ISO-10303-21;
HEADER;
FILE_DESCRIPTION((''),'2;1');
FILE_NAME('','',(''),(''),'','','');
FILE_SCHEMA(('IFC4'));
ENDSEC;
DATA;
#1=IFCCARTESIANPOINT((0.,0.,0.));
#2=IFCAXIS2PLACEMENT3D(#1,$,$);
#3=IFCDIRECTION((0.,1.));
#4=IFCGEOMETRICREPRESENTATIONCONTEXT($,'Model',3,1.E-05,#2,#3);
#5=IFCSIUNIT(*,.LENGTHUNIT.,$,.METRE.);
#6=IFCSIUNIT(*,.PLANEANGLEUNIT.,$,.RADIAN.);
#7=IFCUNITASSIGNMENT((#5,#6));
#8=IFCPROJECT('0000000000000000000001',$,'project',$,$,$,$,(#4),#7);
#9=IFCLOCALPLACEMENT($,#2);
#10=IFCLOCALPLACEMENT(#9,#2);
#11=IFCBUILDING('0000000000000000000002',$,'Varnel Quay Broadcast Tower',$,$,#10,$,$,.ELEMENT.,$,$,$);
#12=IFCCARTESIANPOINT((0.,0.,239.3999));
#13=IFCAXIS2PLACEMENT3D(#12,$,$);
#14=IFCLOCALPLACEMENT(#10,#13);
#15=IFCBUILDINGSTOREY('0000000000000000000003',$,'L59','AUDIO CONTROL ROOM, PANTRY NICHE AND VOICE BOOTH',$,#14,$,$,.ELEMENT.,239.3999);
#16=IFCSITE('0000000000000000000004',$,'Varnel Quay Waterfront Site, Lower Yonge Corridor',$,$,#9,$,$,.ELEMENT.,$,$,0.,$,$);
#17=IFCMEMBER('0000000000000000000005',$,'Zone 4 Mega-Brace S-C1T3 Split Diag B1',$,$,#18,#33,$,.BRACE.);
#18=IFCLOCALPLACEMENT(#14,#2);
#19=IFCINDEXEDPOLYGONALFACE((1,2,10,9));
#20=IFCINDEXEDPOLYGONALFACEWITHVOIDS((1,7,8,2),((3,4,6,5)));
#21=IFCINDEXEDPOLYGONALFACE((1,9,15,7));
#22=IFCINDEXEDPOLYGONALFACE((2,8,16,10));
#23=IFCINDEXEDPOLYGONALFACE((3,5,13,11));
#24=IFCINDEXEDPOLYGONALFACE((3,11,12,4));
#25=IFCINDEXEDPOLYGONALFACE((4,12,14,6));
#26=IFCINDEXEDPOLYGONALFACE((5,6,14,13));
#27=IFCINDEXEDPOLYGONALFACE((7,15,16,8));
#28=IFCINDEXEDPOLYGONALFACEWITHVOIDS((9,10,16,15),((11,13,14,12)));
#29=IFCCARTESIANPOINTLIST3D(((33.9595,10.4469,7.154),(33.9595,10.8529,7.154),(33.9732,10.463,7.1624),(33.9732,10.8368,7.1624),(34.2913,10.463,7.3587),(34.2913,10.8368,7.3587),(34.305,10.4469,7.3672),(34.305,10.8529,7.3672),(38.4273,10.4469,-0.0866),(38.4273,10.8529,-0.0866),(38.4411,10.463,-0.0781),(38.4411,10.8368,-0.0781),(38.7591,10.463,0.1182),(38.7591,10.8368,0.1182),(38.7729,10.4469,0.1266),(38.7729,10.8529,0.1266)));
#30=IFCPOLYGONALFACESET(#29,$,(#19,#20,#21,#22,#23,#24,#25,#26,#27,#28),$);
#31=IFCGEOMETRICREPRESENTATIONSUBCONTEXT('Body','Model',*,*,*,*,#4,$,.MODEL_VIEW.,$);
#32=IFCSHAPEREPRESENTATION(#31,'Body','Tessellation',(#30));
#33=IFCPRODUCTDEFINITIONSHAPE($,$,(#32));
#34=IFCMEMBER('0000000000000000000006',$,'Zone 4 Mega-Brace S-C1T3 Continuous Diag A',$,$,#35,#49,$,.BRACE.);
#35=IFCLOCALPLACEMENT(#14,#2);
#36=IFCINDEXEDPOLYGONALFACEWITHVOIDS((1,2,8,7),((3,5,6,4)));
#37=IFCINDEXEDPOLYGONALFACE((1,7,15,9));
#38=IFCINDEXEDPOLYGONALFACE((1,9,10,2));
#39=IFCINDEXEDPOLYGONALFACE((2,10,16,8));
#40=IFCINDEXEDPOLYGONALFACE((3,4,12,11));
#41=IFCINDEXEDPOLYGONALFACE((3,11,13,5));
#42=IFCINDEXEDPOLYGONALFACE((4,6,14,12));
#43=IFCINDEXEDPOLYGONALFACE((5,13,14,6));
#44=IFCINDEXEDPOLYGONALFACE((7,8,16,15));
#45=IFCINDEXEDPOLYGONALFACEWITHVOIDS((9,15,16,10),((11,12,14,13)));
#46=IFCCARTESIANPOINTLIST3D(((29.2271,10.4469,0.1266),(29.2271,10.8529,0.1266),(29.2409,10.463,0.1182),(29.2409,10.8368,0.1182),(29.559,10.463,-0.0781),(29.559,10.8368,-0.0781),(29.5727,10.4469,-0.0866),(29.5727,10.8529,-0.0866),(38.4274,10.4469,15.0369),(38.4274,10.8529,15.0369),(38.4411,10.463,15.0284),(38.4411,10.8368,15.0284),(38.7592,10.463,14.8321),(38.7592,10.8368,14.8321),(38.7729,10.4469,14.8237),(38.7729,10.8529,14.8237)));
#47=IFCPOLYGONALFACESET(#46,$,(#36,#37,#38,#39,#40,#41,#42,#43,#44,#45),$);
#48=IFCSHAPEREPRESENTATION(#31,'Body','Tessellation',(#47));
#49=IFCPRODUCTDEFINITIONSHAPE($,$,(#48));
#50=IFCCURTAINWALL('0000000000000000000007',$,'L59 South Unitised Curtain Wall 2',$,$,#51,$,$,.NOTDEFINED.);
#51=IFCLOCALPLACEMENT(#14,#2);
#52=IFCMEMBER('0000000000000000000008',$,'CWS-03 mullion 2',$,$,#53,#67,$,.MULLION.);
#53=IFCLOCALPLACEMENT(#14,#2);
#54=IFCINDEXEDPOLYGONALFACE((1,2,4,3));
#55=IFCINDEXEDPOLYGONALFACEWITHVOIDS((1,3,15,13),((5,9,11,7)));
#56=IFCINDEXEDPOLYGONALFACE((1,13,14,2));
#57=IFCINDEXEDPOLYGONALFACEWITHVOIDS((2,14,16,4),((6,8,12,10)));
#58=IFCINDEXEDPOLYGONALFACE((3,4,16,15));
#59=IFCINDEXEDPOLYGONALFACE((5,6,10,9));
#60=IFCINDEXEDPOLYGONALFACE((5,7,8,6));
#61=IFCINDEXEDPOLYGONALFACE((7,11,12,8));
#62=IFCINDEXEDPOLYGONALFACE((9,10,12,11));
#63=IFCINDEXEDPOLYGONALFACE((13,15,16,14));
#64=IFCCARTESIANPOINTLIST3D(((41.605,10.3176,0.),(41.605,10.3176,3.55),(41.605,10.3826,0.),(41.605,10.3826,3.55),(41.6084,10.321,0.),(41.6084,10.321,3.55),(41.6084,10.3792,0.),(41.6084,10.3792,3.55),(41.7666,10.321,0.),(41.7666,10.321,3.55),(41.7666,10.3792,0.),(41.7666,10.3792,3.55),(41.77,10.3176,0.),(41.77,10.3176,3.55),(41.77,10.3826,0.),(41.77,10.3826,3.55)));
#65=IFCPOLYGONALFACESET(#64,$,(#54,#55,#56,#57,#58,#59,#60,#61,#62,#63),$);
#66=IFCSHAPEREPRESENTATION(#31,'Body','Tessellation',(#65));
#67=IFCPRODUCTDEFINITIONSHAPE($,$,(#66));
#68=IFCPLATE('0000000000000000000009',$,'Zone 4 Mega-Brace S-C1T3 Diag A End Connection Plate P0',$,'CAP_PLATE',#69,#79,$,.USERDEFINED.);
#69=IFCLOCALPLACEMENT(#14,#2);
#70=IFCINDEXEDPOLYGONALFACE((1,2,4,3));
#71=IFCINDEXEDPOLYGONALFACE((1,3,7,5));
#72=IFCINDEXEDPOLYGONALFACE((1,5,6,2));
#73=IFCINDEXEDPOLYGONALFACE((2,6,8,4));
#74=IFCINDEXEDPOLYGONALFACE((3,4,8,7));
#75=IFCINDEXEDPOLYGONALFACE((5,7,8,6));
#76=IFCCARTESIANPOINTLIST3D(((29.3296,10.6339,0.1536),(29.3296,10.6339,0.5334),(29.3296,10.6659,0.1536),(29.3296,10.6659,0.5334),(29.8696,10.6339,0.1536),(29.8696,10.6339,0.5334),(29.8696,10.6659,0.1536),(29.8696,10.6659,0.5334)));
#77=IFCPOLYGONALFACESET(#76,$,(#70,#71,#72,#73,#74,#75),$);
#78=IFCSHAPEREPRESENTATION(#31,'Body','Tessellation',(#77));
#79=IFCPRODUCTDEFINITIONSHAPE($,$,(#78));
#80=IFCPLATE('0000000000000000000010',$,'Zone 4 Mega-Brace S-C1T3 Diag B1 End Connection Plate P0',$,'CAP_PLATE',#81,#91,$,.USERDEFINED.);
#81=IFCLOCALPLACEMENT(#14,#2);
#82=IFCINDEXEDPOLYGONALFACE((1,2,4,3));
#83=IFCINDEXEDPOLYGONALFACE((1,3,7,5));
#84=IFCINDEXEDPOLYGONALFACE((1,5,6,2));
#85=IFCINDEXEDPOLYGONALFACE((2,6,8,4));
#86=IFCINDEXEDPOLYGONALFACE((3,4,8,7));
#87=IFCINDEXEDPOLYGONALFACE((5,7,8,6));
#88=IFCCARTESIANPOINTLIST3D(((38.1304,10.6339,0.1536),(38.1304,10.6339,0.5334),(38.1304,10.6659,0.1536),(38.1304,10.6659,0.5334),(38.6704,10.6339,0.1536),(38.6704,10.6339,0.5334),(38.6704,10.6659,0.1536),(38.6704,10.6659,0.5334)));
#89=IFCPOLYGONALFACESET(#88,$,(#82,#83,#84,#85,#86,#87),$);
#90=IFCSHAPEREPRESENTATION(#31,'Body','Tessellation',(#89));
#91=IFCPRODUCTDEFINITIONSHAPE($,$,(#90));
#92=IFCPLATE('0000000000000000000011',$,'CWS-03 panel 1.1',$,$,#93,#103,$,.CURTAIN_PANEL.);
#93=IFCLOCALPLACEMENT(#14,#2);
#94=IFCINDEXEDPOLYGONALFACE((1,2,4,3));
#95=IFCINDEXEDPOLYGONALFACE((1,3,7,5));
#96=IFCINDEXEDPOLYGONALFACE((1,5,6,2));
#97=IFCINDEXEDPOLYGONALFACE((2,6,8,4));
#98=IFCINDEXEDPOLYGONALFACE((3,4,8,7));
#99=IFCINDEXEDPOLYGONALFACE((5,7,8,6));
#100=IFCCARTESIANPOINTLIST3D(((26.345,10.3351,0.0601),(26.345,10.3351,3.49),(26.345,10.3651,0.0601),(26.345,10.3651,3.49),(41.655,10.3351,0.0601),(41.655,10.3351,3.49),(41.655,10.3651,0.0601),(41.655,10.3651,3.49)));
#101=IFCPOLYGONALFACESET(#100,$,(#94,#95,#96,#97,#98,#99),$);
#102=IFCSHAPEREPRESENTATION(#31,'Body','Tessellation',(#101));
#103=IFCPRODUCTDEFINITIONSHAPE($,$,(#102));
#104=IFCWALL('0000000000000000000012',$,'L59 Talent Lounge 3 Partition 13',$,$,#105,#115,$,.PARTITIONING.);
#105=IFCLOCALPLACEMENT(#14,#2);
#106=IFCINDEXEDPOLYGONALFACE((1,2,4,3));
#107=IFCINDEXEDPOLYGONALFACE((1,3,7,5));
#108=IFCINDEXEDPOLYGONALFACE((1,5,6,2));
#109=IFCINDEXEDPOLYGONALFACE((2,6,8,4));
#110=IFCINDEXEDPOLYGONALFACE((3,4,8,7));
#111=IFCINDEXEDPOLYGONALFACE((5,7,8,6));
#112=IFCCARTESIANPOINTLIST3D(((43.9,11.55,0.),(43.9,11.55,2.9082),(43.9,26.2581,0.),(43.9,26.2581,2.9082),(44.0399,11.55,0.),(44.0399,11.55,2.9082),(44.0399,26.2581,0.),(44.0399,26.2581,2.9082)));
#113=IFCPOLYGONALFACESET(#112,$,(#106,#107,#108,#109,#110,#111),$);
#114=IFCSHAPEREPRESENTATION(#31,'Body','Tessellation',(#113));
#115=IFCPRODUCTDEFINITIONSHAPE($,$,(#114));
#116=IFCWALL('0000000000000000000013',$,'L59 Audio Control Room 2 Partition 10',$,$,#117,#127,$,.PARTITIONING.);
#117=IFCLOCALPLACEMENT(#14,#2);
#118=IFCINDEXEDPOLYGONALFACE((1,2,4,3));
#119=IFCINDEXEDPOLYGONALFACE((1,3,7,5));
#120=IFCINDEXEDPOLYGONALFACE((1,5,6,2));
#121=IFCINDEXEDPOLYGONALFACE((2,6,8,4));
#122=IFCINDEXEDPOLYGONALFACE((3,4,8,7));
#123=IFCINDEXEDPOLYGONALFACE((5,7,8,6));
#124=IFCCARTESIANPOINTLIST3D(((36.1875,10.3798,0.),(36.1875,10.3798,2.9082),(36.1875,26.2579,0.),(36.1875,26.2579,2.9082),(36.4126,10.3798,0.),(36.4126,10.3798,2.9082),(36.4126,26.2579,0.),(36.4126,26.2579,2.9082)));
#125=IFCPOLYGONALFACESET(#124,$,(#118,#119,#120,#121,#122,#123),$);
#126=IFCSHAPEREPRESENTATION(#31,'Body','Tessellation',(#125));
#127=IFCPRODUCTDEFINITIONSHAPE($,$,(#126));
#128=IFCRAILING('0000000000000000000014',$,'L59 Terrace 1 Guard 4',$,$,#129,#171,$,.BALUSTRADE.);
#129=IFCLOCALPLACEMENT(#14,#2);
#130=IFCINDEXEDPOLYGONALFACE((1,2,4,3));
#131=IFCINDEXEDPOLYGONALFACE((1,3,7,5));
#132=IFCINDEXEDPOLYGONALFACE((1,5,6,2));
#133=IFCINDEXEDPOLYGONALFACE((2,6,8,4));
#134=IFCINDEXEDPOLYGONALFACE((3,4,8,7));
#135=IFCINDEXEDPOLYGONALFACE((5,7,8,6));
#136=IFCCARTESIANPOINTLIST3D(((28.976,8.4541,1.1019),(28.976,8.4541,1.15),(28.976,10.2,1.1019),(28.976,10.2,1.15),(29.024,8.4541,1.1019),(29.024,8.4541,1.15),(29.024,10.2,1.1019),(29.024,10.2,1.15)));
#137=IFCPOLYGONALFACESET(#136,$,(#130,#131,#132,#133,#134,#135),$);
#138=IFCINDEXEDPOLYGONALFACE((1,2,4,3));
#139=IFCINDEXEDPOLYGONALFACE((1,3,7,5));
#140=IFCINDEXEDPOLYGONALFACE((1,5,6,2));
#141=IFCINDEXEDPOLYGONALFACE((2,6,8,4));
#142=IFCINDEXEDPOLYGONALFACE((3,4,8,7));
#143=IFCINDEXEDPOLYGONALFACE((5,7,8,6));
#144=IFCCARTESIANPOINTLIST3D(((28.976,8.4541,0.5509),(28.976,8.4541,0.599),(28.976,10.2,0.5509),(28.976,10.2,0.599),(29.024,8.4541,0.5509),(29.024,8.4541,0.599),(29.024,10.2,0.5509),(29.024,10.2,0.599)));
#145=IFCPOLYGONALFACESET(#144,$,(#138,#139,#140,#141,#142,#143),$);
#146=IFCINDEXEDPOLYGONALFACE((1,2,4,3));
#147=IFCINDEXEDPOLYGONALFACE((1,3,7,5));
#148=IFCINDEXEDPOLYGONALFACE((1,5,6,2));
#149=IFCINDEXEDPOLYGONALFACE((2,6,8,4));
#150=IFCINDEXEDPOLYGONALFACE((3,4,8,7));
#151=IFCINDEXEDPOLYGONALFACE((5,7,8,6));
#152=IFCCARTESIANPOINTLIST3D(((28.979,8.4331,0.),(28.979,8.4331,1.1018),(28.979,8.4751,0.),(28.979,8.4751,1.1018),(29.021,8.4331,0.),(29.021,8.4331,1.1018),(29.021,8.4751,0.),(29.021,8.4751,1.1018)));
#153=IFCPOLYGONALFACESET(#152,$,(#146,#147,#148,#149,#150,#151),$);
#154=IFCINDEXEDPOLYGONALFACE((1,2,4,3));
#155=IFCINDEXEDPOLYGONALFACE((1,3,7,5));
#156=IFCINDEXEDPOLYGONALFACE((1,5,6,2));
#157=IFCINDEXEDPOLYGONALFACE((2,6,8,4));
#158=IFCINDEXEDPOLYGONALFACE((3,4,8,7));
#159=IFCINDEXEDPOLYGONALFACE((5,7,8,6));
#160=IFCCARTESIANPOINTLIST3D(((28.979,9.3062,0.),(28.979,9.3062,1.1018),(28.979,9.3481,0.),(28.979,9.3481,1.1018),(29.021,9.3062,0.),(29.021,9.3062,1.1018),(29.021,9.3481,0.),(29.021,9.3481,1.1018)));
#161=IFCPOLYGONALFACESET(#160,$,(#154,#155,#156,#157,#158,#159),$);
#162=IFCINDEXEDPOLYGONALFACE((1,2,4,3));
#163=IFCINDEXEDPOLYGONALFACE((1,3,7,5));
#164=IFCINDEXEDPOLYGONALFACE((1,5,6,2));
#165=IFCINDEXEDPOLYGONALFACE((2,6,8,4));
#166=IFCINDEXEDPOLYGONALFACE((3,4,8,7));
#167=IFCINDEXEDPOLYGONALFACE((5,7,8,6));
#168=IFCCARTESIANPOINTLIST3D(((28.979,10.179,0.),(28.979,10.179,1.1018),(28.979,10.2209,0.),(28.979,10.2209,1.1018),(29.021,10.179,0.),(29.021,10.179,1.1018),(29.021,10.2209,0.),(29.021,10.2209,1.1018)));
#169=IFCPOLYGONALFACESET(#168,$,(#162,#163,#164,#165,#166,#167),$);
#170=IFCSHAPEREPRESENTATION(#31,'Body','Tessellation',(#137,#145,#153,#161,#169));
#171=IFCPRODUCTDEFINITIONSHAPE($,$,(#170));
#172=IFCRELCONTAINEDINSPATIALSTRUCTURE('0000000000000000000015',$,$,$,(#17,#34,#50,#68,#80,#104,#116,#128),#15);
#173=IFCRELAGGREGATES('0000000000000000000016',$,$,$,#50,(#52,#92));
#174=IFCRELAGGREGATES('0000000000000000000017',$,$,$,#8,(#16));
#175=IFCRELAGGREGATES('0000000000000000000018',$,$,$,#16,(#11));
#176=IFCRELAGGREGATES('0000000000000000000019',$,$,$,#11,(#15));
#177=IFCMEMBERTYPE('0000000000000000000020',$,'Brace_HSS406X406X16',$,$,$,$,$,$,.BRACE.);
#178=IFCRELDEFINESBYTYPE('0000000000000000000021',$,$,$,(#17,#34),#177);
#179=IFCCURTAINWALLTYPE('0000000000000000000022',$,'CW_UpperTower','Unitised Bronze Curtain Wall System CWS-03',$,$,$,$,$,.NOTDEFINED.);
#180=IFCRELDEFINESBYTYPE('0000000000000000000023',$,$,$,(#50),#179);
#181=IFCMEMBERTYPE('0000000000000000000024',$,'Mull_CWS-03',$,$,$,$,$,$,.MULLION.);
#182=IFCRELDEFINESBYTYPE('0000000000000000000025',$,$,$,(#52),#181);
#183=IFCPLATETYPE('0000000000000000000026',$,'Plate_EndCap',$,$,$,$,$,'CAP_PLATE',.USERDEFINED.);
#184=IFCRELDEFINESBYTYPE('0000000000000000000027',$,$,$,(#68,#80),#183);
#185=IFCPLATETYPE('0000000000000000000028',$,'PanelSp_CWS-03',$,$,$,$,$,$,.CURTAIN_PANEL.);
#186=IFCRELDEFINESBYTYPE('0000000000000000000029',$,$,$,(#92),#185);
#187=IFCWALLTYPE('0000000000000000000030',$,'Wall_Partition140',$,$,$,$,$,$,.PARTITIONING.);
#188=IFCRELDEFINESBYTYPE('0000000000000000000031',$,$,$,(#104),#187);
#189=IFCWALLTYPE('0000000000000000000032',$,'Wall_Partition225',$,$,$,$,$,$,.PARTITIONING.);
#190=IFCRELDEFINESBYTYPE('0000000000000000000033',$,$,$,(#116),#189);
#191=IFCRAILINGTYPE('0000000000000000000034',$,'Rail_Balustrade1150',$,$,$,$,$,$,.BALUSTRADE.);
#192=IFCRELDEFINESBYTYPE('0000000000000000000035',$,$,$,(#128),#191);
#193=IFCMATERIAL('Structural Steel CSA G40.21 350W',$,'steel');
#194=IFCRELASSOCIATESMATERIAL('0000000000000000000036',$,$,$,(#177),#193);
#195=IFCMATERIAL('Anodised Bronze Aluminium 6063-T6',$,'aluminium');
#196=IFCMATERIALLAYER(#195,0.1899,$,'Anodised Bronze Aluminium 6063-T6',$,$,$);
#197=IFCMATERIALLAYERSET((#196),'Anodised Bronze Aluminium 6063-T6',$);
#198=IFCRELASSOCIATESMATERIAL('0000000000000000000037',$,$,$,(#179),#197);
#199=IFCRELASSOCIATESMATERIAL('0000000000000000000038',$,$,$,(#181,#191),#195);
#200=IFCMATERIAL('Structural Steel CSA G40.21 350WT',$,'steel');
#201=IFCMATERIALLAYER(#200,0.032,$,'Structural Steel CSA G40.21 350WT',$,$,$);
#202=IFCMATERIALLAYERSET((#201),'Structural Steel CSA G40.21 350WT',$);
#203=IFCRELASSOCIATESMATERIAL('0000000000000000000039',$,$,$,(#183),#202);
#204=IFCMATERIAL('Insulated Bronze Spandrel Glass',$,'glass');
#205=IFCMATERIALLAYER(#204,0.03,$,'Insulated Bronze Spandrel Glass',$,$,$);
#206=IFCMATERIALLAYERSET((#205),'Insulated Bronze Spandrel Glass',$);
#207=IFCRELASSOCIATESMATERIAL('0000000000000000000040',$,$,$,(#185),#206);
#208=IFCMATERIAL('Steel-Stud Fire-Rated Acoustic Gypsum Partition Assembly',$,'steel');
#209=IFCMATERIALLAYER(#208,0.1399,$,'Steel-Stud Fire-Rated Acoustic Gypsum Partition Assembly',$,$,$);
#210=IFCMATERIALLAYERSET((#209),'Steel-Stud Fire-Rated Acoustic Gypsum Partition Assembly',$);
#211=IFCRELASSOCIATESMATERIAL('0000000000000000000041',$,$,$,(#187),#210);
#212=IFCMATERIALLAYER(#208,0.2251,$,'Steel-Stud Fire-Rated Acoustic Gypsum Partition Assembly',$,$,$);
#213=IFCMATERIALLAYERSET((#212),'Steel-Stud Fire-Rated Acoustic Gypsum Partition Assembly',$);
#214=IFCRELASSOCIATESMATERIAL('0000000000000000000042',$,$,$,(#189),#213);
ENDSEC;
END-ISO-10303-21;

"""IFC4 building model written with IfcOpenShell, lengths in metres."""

from ifc_helpers import new_model, si_unit, direction, frame, frame_2d, origin, origin_2d, place, context, subcontext, project, spatial, rectangle, hollow_rectangle, extrude, source, transform, mapped, material, layer, layer_set, material_profile, profile_set, type_object, type_shapes, element, aggregate, save


model = new_model("IFC4")

# Units and contexts
model_context = context("Model", 3, precision=1e-05, world=origin(), true_north=direction((0.0, 1.0)))
body_context = subcontext(model_context, "Body", "Model", "MODEL_VIEW")
ifc_project = project(units=[si_unit("LENGTHUNIT", "METRE"), si_unit("PLANEANGLEUNIT", "RADIAN")], contexts=[model_context])

# Site, building, storey
site_placement = place(None, origin())
site = spatial("IfcSite", under=ifc_project, at=site_placement, Name="Varnel Quay Waterfront Site, Lower Yonge Corridor", CompositionType="ELEMENT", RefElevation=0.0)
building_placement = place(site_placement, origin())
building = spatial("IfcBuilding", under=site, at=building_placement, Name="Varnel Quay Broadcast Tower", CompositionType="ELEMENT")
storey_placement = place(building_placement, frame((0.0, 0.0, 239.3999)))
storey = spatial("IfcBuildingStorey", under=building, at=storey_placement, Name="L59", Description="AUDIO CONTROL ROOM, PANTRY NICHE AND VOICE BOOTH", CompositionType="ELEMENT", Elevation=239.3999)

# Shared definitions
ifc_material_1 = material(Name="Structural Steel CSA G40.21 350W", Category="steel")

# Members
ifc_material_profile_1 = material_profile(ifc_material_1, hollow_rectangle(XDim=0.406, YDim=0.406, WallThickness=0.0161, at=origin_2d()), Name="HSS406X406X16")
ifc_profile_set_1 = profile_set([ifc_material_profile_1], Name="Structural Steel CSA G40.21 350W")
member_type_1 = type_object("IfcMemberType", Name="Brace_HSS406X406X16", PredefinedType="BRACE", material=ifc_profile_set_1)
shared_shape_1 = source(origin(), body_context, "Body", "SweptSolid", [
    extrude(hollow_rectangle(XDim=0.406, YDim=0.406, WallThickness=0.0161, at=origin_2d()), origin(), (0.0, 0.0, 1.0), 8.5081),
])
member_1_placement = place(storey_placement, frame((38.6001, 10.6499, 0.02), z_axis=(-0.525128, 0.0, 0.851023), x_axis=(0.0, -1.0, 0.0)))
element("IfcMember", 1, at=member_1_placement, inside=storey, type_object=member_type_1, Name="Zone 4 Mega-Brace S-C1T3 Split Diag B1", PredefinedType="BRACE", context=body_context, shape_type="MappedRepresentation", body=[
    mapped(shared_shape_1, transform((0.0, 0.0, 0.0), x_axis=(1.0, 0.0, 0.0), y_axis=(0.0, 1.0, 0.0), z_axis=(0.0, 0.0, 1.0), scale=1.0)),
])
shared_shape_2 = source(origin(), body_context, "Body", "SweptSolid", [
    extrude(hollow_rectangle(XDim=0.406, YDim=0.406, WallThickness=0.0161, at=origin_2d()), origin(), (0.0, 0.0, 1.0), 17.5203),
])
type_shapes(member_type_1, [shared_shape_1, shared_shape_2])
member_2_placement = place(storey_placement, frame((29.3999, 10.6499, 0.02), z_axis=(0.52512, 0.0, 0.851028), x_axis=(0.0, 1.0, 0.0)))
element("IfcMember", 2, at=member_2_placement, inside=storey, type_object=member_type_1, Name="Zone 4 Mega-Brace S-C1T3 Continuous Diag A", PredefinedType="BRACE", context=body_context, shape_type="MappedRepresentation", body=[
    mapped(shared_shape_2, transform((0.0, 0.0, 0.0), x_axis=(1.0, 0.0, 0.0), y_axis=(0.0, 1.0, 0.0), z_axis=(0.0, 0.0, 1.0), scale=1.0)),
])

# Curtain wall, member
ifc_material_2 = material(Name="Anodised Bronze Aluminium 6063-T6", Category="aluminium")
ifc_layer_1 = layer(ifc_material_2, 0.1899, Name="Anodised Bronze Aluminium 6063-T6")
ifc_layer_set_1 = layer_set([ifc_layer_1], Name="Anodised Bronze Aluminium 6063-T6")
curtain_wall_type = type_object("IfcCurtainWallType", Name="CW_UpperTower", Description="Unitised Bronze Curtain Wall System CWS-03", PredefinedType="NOTDEFINED", material=ifc_layer_set_1)
curtain_wall_placement = place(storey_placement, origin())
curtain_wall = element("IfcCurtainWall", 3, at=curtain_wall_placement, inside=storey, type_object=curtain_wall_type, Name="L59 South Unitised Curtain Wall 2", PredefinedType="NOTDEFINED")
ifc_material_profile_2 = material_profile(ifc_material_2, hollow_rectangle(XDim=0.0649, YDim=0.165, WallThickness=0.0034, at=origin_2d()), Name="ALU65X165X3.5")
ifc_profile_set_2 = profile_set([ifc_material_profile_2], Name="Anodised Bronze Aluminium 6063-T6")
member_type_2 = type_object("IfcMemberType", Name="Mull_CWS-03", PredefinedType="MULLION", material=ifc_profile_set_2)
shared_shape_3 = source(origin(), body_context, "Body", "SweptSolid", [
    extrude(hollow_rectangle(XDim=0.0649, YDim=0.165, WallThickness=0.0034, at=origin_2d()), origin(), (0.0, 0.0, 1.0), 3.55),
])
type_shapes(member_type_2, [shared_shape_3])
member_3_placement = place(storey_placement, frame((41.6875, 10.3501, 0.0), z_axis=(0.0, 0.0, 1.0), x_axis=(0.0, 1.0, 0.0)))
member_3 = element("IfcMember", 4, at=member_3_placement, type_object=member_type_2, Name="CWS-03 mullion 2", PredefinedType="MULLION", context=body_context, shape_type="MappedRepresentation", body=[
    mapped(shared_shape_3, transform((0.0, 0.0, 0.0), x_axis=(1.0, 0.0, 0.0), y_axis=(0.0, 1.0, 0.0), z_axis=(0.0, 0.0, 1.0), scale=1.0)),
])

# Plates
ifc_material_3 = material(Name="Structural Steel CSA G40.21 350WT", Category="steel")
ifc_layer_2 = layer(ifc_material_3, 0.032, Name="Structural Steel CSA G40.21 350WT")
ifc_layer_set_2 = layer_set([ifc_layer_2], Name="Structural Steel CSA G40.21 350WT")
plate_type_1 = type_object("IfcPlateType", Name="Plate_EndCap", ElementType="CAP_PLATE", PredefinedType="USERDEFINED", material=ifc_layer_set_2)
shared_shape_4 = source(origin(), body_context, "Body", "SweptSolid", [
    extrude(rectangle(XDim=0.54, YDim=0.032, at=origin_2d()), origin(), (0.0, 0.0, 1.0), 0.3799),
])
type_shapes(plate_type_1, [shared_shape_4])
for number, where, z_axis, x_axis, name in (
    (5, (29.5996, 10.6499, 0.1536), (0.0, 0.0, 1.0), (1.0, 0.0, 0.0), "Zone 4 Mega-Brace S-C1T3 Diag A End Connection Plate P0"),
    (6, (38.4004, 10.6499, 0.1536), (0.0, 0.0, 1.0), (1.0, 0.0, 0.0), "Zone 4 Mega-Brace S-C1T3 Diag B1 End Connection Plate P0"),
):
    element("IfcPlate", number, at=place(storey_placement, frame(where, z_axis=z_axis, x_axis=x_axis)), inside=storey, type_object=plate_type_1, Name=name, ObjectType="CAP_PLATE", PredefinedType="USERDEFINED", context=body_context, shape_type="MappedRepresentation", body=[
        mapped(shared_shape_4, transform((0.0, 0.0, 0.0), x_axis=(1.0, 0.0, 0.0), y_axis=(0.0, 1.0, 0.0), z_axis=(0.0, 0.0, 1.0), scale=1.0)),
    ])

# Plate
ifc_material_4 = material(Name="Insulated Bronze Spandrel Glass", Category="glass")
ifc_layer_3 = layer(ifc_material_4, 0.03, Name="Insulated Bronze Spandrel Glass")
ifc_layer_set_3 = layer_set([ifc_layer_3], Name="Insulated Bronze Spandrel Glass")
plate_type_2 = type_object("IfcPlateType", Name="PanelSp_CWS-03", PredefinedType="CURTAIN_PANEL", material=ifc_layer_set_3)
shared_shape_5 = source(origin(), body_context, "Body", "SweptSolid", [
    extrude(rectangle(XDim=15.3101, YDim=0.03, at=origin_2d()), origin(), (0.0, 0.0, 1.0), 3.4299),
])
type_shapes(plate_type_2, [shared_shape_5])
plate_placement = place(storey_placement, frame((34.0, 10.3501, 0.0601), z_axis=(0.0, 0.0, 1.0), x_axis=(1.0, 0.0, 0.0)))
plate = element("IfcPlate", 7, at=plate_placement, type_object=plate_type_2, Name="CWS-03 panel 1.1", PredefinedType="CURTAIN_PANEL", context=body_context, shape_type="MappedRepresentation", body=[
    mapped(shared_shape_5, transform((0.0, 0.0, 0.0), x_axis=(1.0, 0.0, 0.0), y_axis=(0.0, 1.0, 0.0), z_axis=(0.0, 0.0, 1.0), scale=1.0)),
])
aggregate(curtain_wall, [member_3, plate])

# Walls
ifc_material_5 = material(Name="Steel-Stud Fire-Rated Acoustic Gypsum Partition Assembly", Category="steel")
ifc_layer_4 = layer(ifc_material_5, 0.1399, Name="Steel-Stud Fire-Rated Acoustic Gypsum Partition Assembly")
ifc_layer_set_4 = layer_set([ifc_layer_4], Name="Steel-Stud Fire-Rated Acoustic Gypsum Partition Assembly")
wall_type_1 = type_object("IfcWallType", Name="Wall_Partition140", PredefinedType="PARTITIONING", material=ifc_layer_set_4)
wall_1_placement = place(storey_placement, frame((43.97, 11.55, 0.0), z_axis=(0.0, 0.0, 1.0), x_axis=(0.0, 1.0, 0.0)))
element("IfcWall", 8, at=wall_1_placement, inside=storey, type_object=wall_type_1, Name="L59 Talent Lounge 3 Partition 13", PredefinedType="PARTITIONING", context=body_context, shape_type="SweptSolid", body=[
    extrude(rectangle(XDim=14.708, YDim=0.1399, at=frame_2d((7.354, 0.0))), origin(), (0.0, 0.0, 1.0), 2.9082),
])
ifc_layer_5 = layer(ifc_material_5, 0.2251, Name="Steel-Stud Fire-Rated Acoustic Gypsum Partition Assembly")
ifc_layer_set_5 = layer_set([ifc_layer_5], Name="Steel-Stud Fire-Rated Acoustic Gypsum Partition Assembly")
wall_type_2 = type_object("IfcWallType", Name="Wall_Partition225", PredefinedType="PARTITIONING", material=ifc_layer_set_5)
wall_2_placement = place(storey_placement, frame((36.3, 10.3799, 0.0), z_axis=(0.0, 0.0, 1.0), x_axis=(0.0, 1.0, 0.0)))
element("IfcWall", 9, at=wall_2_placement, inside=storey, type_object=wall_type_2, Name="L59 Audio Control Room 2 Partition 10", PredefinedType="PARTITIONING", context=body_context, shape_type="SweptSolid", body=[
    extrude(rectangle(XDim=15.8782, YDim=0.2251, at=frame_2d((7.939, 0.0))), origin(), (0.0, 0.0, 1.0), 2.9082),
])

# Railing
railing_type = type_object("IfcRailingType", Name="Rail_Balustrade1150", PredefinedType="BALUSTRADE", material=ifc_material_2)
railing_1_placement = place(storey_placement, frame((29.0, 8.4541, 0.0)))
element("IfcRailing", 10, at=railing_1_placement, inside=storey, type_object=railing_type, Name="L59 Terrace 1 Guard 4", PredefinedType="BALUSTRADE", context=body_context, shape_type="SweptSolid", body=[
    extrude(rectangle(XDim=0.0481, YDim=0.0481, at=origin_2d()), frame((0.0, 0.0, 1.126), z_axis=(0.0, 1.0, 0.0), x_axis=(-1.0, 0.0, 0.0)), (0.0, 0.0, 1.0), 1.7458),
    extrude(rectangle(XDim=0.0481, YDim=0.0481, at=origin_2d()), frame((0.0, 0.0, 0.575), z_axis=(0.0, 1.0, 0.0), x_axis=(-1.0, 0.0, 0.0)), (0.0, 0.0, 1.0), 1.7458),
    extrude(rectangle(XDim=0.042, YDim=0.042, at=origin_2d()), origin(), (0.0, 0.0, 1.0), 1.1018),
    extrude(rectangle(XDim=0.042, YDim=0.042, at=origin_2d()), frame((0.0, 0.873, 0.0)), (0.0, 0.0, 1.0), 1.1018),
    extrude(rectangle(XDim=0.042, YDim=0.042, at=origin_2d()), frame((0.0, 1.7458, 0.0)), (0.0, 0.0, 1.0), 1.1018),
])

save(model, "model.ifc")
